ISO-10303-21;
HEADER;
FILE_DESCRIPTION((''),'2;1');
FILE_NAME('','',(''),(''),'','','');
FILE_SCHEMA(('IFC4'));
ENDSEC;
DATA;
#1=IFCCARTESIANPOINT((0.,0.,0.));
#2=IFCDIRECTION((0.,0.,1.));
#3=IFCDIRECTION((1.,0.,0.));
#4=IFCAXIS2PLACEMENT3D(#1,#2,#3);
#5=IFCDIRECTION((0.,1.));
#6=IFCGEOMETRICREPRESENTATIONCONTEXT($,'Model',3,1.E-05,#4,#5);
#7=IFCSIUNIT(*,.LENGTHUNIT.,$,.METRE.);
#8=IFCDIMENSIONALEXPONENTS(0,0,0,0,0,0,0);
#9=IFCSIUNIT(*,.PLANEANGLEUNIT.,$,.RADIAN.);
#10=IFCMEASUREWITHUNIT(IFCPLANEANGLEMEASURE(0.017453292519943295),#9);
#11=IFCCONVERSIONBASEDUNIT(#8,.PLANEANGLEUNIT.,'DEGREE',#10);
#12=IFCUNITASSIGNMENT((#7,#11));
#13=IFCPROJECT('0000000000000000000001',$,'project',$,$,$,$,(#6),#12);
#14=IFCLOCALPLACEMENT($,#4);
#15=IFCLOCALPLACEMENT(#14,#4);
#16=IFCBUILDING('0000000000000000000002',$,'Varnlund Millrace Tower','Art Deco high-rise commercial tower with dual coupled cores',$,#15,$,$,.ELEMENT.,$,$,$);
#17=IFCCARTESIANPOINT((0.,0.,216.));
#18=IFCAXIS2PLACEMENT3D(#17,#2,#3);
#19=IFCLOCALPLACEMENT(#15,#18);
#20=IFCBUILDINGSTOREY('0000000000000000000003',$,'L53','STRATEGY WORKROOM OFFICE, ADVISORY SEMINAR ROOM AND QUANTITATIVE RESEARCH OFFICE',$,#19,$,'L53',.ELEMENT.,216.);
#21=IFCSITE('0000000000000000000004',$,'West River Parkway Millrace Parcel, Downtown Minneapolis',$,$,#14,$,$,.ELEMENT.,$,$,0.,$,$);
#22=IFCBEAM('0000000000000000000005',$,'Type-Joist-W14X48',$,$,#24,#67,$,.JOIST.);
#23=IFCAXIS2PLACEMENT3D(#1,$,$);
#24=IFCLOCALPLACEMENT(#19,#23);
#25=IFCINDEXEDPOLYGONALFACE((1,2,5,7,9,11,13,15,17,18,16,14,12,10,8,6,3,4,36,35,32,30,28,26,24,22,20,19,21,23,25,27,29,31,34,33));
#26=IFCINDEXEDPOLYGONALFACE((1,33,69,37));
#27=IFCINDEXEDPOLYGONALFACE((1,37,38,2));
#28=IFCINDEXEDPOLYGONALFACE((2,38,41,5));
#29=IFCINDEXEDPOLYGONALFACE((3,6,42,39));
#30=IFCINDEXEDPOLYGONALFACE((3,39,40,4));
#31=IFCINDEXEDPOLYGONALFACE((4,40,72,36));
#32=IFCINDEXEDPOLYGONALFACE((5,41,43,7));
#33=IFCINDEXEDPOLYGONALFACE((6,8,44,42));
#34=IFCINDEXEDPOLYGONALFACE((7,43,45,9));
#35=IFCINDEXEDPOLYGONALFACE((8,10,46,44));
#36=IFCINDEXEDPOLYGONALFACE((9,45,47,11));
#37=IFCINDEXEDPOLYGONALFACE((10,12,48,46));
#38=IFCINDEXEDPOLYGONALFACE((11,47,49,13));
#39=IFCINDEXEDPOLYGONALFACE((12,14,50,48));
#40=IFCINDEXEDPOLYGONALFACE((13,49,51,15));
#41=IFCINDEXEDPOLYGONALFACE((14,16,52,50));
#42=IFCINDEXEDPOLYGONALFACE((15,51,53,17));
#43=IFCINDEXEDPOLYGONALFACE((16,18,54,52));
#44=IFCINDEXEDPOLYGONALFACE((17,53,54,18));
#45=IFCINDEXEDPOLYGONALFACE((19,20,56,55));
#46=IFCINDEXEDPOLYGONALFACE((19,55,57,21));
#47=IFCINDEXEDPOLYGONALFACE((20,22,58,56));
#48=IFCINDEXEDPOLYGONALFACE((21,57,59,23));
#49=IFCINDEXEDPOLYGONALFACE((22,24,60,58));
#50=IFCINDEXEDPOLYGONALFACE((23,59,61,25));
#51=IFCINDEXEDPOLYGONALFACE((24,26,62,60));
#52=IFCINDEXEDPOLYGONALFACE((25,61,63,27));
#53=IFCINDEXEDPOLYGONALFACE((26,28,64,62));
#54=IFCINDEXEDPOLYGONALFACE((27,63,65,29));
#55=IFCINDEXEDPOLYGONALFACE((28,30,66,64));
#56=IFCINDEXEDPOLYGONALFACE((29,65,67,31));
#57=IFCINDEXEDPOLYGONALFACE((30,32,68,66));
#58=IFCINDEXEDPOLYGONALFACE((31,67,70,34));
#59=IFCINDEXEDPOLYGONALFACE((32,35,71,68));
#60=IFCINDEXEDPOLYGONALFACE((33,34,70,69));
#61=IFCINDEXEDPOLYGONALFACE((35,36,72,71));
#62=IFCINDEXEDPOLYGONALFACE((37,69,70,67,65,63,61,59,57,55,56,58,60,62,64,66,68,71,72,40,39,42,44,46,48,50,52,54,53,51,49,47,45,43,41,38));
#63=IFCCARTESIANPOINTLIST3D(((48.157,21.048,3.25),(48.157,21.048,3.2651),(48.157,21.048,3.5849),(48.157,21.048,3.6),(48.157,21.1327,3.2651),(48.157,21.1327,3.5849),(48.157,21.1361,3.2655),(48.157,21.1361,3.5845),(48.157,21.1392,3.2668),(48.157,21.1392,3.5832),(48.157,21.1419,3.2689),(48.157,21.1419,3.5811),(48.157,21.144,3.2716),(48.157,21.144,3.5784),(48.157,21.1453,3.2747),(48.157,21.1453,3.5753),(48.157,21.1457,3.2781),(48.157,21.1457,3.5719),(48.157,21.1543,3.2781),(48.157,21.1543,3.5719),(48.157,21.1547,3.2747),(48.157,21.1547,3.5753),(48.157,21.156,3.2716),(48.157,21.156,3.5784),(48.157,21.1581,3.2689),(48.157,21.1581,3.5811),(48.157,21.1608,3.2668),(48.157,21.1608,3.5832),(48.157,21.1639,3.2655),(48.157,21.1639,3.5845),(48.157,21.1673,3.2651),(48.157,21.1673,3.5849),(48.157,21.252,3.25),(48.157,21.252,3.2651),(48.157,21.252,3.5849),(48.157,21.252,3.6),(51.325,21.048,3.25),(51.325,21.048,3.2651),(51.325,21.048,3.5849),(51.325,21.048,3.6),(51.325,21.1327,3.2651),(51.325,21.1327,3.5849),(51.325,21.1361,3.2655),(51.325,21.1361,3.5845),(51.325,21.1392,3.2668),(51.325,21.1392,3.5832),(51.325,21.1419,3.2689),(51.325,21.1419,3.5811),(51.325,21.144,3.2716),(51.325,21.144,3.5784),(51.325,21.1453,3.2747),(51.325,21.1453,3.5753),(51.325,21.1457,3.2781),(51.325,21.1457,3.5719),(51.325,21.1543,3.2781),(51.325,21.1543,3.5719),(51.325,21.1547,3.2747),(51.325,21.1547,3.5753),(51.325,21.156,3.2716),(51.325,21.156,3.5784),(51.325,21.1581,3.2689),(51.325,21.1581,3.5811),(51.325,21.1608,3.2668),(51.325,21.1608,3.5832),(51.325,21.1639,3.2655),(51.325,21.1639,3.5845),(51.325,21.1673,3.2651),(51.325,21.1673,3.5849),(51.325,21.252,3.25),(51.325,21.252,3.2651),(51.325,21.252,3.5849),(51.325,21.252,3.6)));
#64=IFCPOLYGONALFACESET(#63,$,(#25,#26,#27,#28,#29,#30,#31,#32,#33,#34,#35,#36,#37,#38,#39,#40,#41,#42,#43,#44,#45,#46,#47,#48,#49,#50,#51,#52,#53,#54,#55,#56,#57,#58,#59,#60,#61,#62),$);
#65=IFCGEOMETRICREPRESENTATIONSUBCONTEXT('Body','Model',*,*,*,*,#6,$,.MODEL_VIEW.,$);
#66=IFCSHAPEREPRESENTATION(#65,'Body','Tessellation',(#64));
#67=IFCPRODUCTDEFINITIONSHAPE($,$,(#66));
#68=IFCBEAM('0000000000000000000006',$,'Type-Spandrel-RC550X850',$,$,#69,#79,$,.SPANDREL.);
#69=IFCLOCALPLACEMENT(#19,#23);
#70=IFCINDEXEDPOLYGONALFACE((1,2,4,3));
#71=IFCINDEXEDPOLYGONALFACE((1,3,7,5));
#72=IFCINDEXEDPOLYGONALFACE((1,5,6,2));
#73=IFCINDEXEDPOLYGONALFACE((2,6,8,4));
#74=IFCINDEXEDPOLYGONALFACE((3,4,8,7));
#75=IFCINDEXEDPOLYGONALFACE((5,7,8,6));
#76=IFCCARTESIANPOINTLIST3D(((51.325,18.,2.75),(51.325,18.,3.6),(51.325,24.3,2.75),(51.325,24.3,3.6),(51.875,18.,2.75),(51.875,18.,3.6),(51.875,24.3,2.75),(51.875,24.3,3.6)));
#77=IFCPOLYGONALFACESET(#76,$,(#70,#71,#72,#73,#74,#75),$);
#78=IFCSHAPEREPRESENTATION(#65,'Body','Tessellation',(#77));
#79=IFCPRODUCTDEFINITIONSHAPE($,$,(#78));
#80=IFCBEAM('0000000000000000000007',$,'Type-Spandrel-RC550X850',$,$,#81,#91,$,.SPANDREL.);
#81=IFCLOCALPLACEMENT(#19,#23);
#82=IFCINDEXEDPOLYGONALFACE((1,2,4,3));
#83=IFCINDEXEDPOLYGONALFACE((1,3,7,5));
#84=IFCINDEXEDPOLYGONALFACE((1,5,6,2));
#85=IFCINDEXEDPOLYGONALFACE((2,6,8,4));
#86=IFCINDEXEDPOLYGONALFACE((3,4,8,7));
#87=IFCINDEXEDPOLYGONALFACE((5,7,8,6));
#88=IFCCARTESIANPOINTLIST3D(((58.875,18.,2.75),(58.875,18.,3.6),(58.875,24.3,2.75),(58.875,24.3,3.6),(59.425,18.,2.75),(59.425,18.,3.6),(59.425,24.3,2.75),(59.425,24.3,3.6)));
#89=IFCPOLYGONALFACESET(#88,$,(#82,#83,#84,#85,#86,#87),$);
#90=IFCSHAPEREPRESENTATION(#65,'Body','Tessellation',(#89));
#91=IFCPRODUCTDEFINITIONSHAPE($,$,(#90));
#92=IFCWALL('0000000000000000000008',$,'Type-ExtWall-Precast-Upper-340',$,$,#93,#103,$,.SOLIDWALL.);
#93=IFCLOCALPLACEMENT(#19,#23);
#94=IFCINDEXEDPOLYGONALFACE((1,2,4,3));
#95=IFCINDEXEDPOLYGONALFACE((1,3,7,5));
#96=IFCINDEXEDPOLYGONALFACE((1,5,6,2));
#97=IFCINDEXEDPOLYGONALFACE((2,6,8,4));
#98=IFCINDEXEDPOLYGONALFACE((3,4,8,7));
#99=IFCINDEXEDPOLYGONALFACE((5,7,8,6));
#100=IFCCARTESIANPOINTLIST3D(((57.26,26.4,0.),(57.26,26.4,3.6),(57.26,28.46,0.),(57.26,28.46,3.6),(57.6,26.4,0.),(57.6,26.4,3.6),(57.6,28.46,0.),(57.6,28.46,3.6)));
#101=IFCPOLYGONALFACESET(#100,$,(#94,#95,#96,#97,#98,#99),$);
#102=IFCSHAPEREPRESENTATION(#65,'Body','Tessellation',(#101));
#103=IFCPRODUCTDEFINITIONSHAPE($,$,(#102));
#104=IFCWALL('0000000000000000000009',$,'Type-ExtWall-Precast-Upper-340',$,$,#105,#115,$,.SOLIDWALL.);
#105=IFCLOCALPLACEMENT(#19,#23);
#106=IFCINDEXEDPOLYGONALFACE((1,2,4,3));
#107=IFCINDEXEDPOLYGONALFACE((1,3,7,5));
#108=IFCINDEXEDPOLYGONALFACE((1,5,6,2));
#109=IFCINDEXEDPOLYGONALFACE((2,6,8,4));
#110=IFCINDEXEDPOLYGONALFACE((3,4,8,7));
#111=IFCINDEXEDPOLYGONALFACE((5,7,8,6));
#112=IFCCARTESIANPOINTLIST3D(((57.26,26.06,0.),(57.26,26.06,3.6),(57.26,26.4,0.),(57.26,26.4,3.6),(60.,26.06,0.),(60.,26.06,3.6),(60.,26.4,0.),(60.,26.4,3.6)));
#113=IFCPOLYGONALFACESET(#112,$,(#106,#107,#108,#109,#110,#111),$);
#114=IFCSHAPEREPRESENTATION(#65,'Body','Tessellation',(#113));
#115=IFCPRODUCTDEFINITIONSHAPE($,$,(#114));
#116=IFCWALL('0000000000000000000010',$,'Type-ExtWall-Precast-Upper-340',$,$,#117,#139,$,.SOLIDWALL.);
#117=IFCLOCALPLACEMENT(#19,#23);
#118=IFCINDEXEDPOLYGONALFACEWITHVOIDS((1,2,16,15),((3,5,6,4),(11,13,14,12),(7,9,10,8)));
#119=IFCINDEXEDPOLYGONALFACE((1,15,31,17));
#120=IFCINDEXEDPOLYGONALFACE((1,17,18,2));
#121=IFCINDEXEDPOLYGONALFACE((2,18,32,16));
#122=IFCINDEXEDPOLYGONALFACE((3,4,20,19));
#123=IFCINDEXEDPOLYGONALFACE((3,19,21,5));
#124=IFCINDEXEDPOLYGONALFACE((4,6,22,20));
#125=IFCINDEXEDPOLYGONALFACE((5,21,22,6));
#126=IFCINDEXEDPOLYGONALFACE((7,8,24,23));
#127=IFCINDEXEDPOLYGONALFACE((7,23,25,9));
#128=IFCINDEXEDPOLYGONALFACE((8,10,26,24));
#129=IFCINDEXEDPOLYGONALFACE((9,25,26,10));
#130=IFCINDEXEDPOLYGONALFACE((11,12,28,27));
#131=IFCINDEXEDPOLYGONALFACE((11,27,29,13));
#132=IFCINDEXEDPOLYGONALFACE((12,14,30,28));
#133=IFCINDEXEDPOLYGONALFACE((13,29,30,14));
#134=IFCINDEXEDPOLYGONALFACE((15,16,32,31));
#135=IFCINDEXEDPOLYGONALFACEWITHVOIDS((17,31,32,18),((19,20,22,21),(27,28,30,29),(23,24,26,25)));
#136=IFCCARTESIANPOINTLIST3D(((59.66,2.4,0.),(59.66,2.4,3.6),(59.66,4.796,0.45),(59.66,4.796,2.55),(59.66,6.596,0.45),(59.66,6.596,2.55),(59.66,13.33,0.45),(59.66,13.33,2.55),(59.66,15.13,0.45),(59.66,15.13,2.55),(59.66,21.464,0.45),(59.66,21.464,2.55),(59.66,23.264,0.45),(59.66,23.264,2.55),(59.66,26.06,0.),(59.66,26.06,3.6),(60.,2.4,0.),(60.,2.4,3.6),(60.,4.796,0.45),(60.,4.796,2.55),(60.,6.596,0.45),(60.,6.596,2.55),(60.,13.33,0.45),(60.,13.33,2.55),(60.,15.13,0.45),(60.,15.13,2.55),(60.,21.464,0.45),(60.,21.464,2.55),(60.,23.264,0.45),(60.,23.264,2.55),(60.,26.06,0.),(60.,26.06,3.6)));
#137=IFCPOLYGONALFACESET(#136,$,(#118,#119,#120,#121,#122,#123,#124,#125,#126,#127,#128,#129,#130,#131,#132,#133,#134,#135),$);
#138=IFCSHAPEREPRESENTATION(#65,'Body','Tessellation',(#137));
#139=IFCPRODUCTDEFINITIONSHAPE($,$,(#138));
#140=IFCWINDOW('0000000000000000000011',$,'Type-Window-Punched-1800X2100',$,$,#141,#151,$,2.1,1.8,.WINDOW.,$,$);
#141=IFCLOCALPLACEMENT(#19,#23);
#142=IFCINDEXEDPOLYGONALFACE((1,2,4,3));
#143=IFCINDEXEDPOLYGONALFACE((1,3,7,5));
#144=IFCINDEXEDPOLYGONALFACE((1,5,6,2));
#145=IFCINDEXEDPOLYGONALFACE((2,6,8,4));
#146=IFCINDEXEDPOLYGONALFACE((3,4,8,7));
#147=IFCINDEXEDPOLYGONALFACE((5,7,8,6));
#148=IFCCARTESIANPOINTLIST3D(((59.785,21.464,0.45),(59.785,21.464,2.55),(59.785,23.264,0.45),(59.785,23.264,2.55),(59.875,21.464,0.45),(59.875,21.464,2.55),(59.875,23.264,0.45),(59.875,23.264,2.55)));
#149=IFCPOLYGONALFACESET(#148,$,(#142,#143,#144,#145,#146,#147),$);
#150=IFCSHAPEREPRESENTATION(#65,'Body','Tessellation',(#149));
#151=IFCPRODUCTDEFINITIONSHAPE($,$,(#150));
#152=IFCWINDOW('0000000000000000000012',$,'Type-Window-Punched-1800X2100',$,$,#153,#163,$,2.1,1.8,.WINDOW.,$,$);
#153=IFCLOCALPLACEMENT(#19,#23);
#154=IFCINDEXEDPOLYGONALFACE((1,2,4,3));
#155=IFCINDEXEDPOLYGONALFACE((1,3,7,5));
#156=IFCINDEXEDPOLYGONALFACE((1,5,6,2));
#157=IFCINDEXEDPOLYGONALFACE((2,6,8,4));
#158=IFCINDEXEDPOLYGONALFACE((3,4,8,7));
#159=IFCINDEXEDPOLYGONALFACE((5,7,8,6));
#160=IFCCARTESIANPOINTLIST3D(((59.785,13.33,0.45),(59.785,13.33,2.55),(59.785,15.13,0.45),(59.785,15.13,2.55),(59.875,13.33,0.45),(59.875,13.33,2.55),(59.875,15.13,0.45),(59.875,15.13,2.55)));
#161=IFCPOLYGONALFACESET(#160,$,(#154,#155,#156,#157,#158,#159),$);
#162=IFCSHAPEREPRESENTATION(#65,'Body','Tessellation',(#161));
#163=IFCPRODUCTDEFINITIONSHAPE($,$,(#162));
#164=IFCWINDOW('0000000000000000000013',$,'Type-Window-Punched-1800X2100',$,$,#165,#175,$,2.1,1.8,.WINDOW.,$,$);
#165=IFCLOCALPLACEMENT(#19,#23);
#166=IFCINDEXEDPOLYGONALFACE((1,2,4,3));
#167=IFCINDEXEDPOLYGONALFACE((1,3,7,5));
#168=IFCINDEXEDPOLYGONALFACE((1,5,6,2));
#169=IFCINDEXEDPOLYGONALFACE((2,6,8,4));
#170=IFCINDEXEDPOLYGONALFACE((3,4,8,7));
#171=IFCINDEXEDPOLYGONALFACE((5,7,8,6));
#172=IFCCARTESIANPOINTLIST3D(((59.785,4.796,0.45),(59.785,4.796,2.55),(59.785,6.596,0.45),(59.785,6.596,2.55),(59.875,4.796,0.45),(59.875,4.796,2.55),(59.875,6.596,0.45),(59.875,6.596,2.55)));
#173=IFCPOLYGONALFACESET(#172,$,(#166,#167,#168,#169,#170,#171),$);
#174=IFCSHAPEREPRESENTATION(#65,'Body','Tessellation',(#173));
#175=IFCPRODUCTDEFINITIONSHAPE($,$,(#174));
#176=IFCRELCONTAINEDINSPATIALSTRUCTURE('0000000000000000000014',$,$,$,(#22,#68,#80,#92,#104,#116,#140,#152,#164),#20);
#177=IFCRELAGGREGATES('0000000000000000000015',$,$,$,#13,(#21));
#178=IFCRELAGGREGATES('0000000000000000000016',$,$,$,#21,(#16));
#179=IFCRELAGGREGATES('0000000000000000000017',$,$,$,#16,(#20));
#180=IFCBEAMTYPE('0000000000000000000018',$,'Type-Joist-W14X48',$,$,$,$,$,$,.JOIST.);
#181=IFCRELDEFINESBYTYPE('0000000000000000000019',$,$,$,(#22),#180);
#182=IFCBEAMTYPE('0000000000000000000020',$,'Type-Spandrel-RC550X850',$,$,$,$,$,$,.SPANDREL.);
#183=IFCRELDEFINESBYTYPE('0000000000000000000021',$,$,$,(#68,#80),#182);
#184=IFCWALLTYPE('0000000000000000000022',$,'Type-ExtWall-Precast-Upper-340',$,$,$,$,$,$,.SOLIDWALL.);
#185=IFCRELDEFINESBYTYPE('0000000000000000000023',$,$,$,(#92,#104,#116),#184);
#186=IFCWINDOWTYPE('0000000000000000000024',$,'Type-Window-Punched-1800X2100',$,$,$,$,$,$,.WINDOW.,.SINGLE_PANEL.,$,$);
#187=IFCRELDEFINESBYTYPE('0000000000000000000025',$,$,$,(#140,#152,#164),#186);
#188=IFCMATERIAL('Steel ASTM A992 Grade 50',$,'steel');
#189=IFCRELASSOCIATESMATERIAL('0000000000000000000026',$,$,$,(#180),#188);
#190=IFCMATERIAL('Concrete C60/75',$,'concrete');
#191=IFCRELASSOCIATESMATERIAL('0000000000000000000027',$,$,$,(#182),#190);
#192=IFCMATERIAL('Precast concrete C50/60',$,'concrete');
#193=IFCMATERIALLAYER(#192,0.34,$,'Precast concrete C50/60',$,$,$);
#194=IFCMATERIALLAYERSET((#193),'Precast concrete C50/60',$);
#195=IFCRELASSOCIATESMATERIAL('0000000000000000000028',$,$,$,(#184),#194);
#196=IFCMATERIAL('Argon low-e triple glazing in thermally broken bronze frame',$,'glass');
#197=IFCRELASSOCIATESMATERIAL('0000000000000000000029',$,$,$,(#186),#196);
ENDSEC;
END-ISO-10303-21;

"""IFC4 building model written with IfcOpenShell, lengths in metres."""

from ifc_helpers import new_model, entity, si_unit, converted_unit, direction, frame, origin_with_axes, origin_2d_with_axis, place, context, subcontext, project, spatial, polyline, rectangle, i_section, outline, extrude, material, layer, layer_set, material_profile, profile_set, type_object, element, fill, save


model = new_model("IFC4")

# Units and contexts
model_context = context("Model", 3, precision=1e-05, world=origin_with_axes(), true_north=direction((0.0, 1.0)))
body_context = subcontext(model_context, "Body", "Model", "MODEL_VIEW")
ifc_project = project(units=[si_unit("LENGTHUNIT", "METRE"), converted_unit("PLANEANGLEUNIT", "DEGREE", entity("IfcPlaneAngleMeasure", 0.017453292519943295), si_unit("PLANEANGLEUNIT", "RADIAN"), dimensions=[0, 0, 0, 0, 0, 0, 0])], contexts=[model_context])

# Site, building, storey
site_placement = place(None, origin_with_axes())
site = spatial("IfcSite", under=ifc_project, at=site_placement, Name="West River Parkway Millrace Parcel, Downtown Minneapolis", CompositionType="ELEMENT", RefElevation=0.0)
building_placement = place(site_placement, origin_with_axes())
building = spatial("IfcBuilding", under=site, at=building_placement, Name="Varnlund Millrace Tower", Description="Art Deco high-rise commercial tower with dual coupled cores", CompositionType="ELEMENT")
storey_placement = place(building_placement, frame((0.0, 0.0, 216.0), z_axis=(0.0, 0.0, 1.0), x_axis=(1.0, 0.0, 0.0)))
storey = spatial("IfcBuildingStorey", under=building, at=storey_placement, Name="L53", Description="STRATEGY WORKROOM OFFICE, ADVISORY SEMINAR ROOM AND QUANTITATIVE RESEARCH OFFICE", LongName="L53", CompositionType="ELEMENT", Elevation=216.0)

# Beams
ifc_material_1 = material(Name="Steel ASTM A992 Grade 50", Category="steel")
ifc_material_profile_1 = material_profile(ifc_material_1, i_section(OverallWidth=0.204, OverallDepth=0.35, WebThickness=0.0086, FlangeThickness=0.0151, FilletRadius=0.013, at=origin_2d_with_axis()), Name="Steel ASTM A992 Grade 50")
ifc_profile_set_1 = profile_set([ifc_material_profile_1], Name="Steel ASTM A992 Grade 50")
beam_type_1 = type_object("IfcBeamType", Name="Type-Joist-W14X48", PredefinedType="JOIST", material=ifc_profile_set_1)
beam_1_placement = place(storey_placement, frame((48.157, 21.15, 3.425), z_axis=(1.0, 0.0, 0.0), x_axis=(0.0, 1.0, 0.0)))
element("IfcBeam", 1, at=beam_1_placement, inside=storey, type_object=beam_type_1, Name="Type-Joist-W14X48", PredefinedType="JOIST", context=body_context, shape_type="SweptSolid", body=[
    extrude(i_section(OverallWidth=0.204, OverallDepth=0.35, WebThickness=0.0086, FlangeThickness=0.0151, FilletRadius=0.013, at=origin_2d_with_axis()), origin_with_axes(), (0.0, 0.0, 1.0), 3.168),
])
ifc_material_2 = material(Name="Concrete C60/75", Category="concrete")
ifc_material_profile_2 = material_profile(ifc_material_2, rectangle(XDim=0.55, YDim=0.85, at=origin_2d_with_axis()), Name="Concrete C60/75")
ifc_profile_set_2 = profile_set([ifc_material_profile_2], Name="Concrete C60/75")
beam_type_2 = type_object("IfcBeamType", Name="Type-Spandrel-RC550X850", PredefinedType="SPANDREL", material=ifc_profile_set_2)
for number, where, z_axis, x_axis, name in (
    (2, (51.6, 18.0, 3.175), (0.0, 1.0, 0.0), (-1.0, 0.0, 0.0), "Type-Spandrel-RC550X850"),
    (3, (59.15, 18.0, 3.175), (0.0, 1.0, 0.0), (-1.0, 0.0, 0.0), "Type-Spandrel-RC550X850"),
):
    element("IfcBeam", number, at=place(storey_placement, frame(where, z_axis=z_axis, x_axis=x_axis)), inside=storey, type_object=beam_type_2, Name=name, PredefinedType="SPANDREL", context=body_context, shape_type="SweptSolid", body=[
        extrude(rectangle(XDim=0.55, YDim=0.85, at=origin_2d_with_axis()), origin_with_axes(), (0.0, 0.0, 1.0), 6.3),
    ])

# Walls
ifc_material_3 = material(Name="Precast concrete C50/60", Category="concrete")
ifc_layer_1 = layer(ifc_material_3, 0.34, Name="Precast concrete C50/60")
ifc_layer_set_1 = layer_set([ifc_layer_1], Name="Precast concrete C50/60")
wall_type_1 = type_object("IfcWallType", Name="Type-ExtWall-Precast-Upper-340", PredefinedType="SOLIDWALL", material=ifc_layer_set_1)
wall_1_placement = place(storey_placement, frame((57.43, 28.46, 0.0), z_axis=(0.0, 0.0, 1.0), x_axis=(0.0, -1.0, 0.0)))
element("IfcWall", 4, at=wall_1_placement, inside=storey, type_object=wall_type_1, Name="Type-ExtWall-Precast-Upper-340", PredefinedType="SOLIDWALL", context=body_context, shape_type="SweptSolid", body=[
    extrude(outline(polyline([(0.0, -0.17), (2.06, -0.17), (2.06, 0.17), (0.0, 0.17), (0.0, -0.17)])), origin_with_axes(), (0.0, 0.0, 1.0), 3.6),
])
wall_2_placement = place(storey_placement, frame((57.26, 26.23, 0.0), z_axis=(0.0, 0.0, 1.0), x_axis=(1.0, 0.0, 0.0)))
element("IfcWall", 5, at=wall_2_placement, inside=storey, type_object=wall_type_1, Name="Type-ExtWall-Precast-Upper-340", PredefinedType="SOLIDWALL", context=body_context, shape_type="SweptSolid", body=[
    extrude(outline(polyline([(0.0, -0.17), (2.74, -0.17), (2.74, 0.17), (0.0, 0.17), (0.0, -0.17)])), origin_with_axes(), (0.0, 0.0, 1.0), 3.6),
])

# Wall, openings, windows
wall_3_placement = place(storey_placement, frame((59.83, 26.06, 0.0), z_axis=(0.0, 0.0, 1.0), x_axis=(0.0, -1.0, 0.0)))
wall_3 = element("IfcWall", 6, at=wall_3_placement, inside=storey, type_object=wall_type_1, Name="Type-ExtWall-Precast-Upper-340", PredefinedType="SOLIDWALL", context=body_context, shape_type="SweptSolid", body=[
    extrude(outline(polyline([(0.0, -0.17), (23.66, -0.17), (23.66, 0.17), (0.0, 0.17), (0.0, -0.17)])), origin_with_axes(), (0.0, 0.0, 1.0), 3.6),
])
opening_1_placement = place(wall_3_placement, frame((3.696, 0.0, 0.45), z_axis=(0.0, 0.0, 1.0), x_axis=(1.0, 0.0, 0.0)))
opening_1 = element("IfcOpeningElement", 7, at=opening_1_placement, cuts=wall_3, PredefinedType="OPENING", context=body_context, shape_type="SweptSolid", body=[
    extrude(rectangle(XDim=1.8, YDim=0.36, at=origin_2d_with_axis()), origin_with_axes(), (0.0, 0.0, 1.0), 2.1),
])
opening_2_placement = place(wall_3_placement, frame((11.83, 0.0, 0.45), z_axis=(0.0, 0.0, 1.0), x_axis=(1.0, 0.0, 0.0)))
opening_2 = element("IfcOpeningElement", 8, at=opening_2_placement, cuts=wall_3, PredefinedType="OPENING", context=body_context, shape_type="SweptSolid", body=[
    extrude(rectangle(XDim=1.8, YDim=0.36, at=origin_2d_with_axis()), origin_with_axes(), (0.0, 0.0, 1.0), 2.1),
])
opening_3_placement = place(wall_3_placement, frame((20.364, 0.0, 0.45), z_axis=(0.0, 0.0, 1.0), x_axis=(1.0, 0.0, 0.0)))
opening_3 = element("IfcOpeningElement", 9, at=opening_3_placement, cuts=wall_3, PredefinedType="OPENING", context=body_context, shape_type="SweptSolid", body=[
    extrude(rectangle(XDim=1.8, YDim=0.36, at=origin_2d_with_axis()), origin_with_axes(), (0.0, 0.0, 1.0), 2.1),
])
ifc_material_4 = material(Name="Argon low-e triple glazing in thermally broken bronze frame", Category="glass")
window_type = type_object("IfcWindowType", Name="Type-Window-Punched-1800X2100", PartitioningType="SINGLE_PANEL", PredefinedType="WINDOW", material=ifc_material_4)
window_1_placement = place(wall_3_placement, frame((3.696, 0.0, 0.45), z_axis=(0.0, 0.0, 1.0), x_axis=(1.0, 0.0, 0.0)))
window_1 = element("IfcWindow", 10, at=window_1_placement, inside=storey, type_object=window_type, Name="Type-Window-Punched-1800X2100", OverallHeight=2.1, OverallWidth=1.8, PredefinedType="WINDOW", context=body_context, shape_type="SweptSolid", body=[
    extrude(rectangle(XDim=1.8, YDim=0.09, at=origin_2d_with_axis()), origin_with_axes(), (0.0, 0.0, 1.0), 2.1),
])
fill(opening_1, window_1)
window_2_placement = place(wall_3_placement, frame((11.83, 0.0, 0.45), z_axis=(0.0, 0.0, 1.0), x_axis=(1.0, 0.0, 0.0)))
window_2 = element("IfcWindow", 11, at=window_2_placement, inside=storey, type_object=window_type, Name="Type-Window-Punched-1800X2100", OverallHeight=2.1, OverallWidth=1.8, PredefinedType="WINDOW", context=body_context, shape_type="SweptSolid", body=[
    extrude(rectangle(XDim=1.8, YDim=0.09, at=origin_2d_with_axis()), origin_with_axes(), (0.0, 0.0, 1.0), 2.1),
])
fill(opening_2, window_2)
window_3_placement = place(wall_3_placement, frame((20.364, 0.0, 0.45), z_axis=(0.0, 0.0, 1.0), x_axis=(1.0, 0.0, 0.0)))
window_3 = element("IfcWindow", 12, at=window_3_placement, inside=storey, type_object=window_type, Name="Type-Window-Punched-1800X2100", OverallHeight=2.1, OverallWidth=1.8, PredefinedType="WINDOW", context=body_context, shape_type="SweptSolid", body=[
    extrude(rectangle(XDim=1.8, YDim=0.09, at=origin_2d_with_axis()), origin_with_axes(), (0.0, 0.0, 1.0), 2.1),
])
fill(opening_3, window_3)

save(model, "model.ifc")
